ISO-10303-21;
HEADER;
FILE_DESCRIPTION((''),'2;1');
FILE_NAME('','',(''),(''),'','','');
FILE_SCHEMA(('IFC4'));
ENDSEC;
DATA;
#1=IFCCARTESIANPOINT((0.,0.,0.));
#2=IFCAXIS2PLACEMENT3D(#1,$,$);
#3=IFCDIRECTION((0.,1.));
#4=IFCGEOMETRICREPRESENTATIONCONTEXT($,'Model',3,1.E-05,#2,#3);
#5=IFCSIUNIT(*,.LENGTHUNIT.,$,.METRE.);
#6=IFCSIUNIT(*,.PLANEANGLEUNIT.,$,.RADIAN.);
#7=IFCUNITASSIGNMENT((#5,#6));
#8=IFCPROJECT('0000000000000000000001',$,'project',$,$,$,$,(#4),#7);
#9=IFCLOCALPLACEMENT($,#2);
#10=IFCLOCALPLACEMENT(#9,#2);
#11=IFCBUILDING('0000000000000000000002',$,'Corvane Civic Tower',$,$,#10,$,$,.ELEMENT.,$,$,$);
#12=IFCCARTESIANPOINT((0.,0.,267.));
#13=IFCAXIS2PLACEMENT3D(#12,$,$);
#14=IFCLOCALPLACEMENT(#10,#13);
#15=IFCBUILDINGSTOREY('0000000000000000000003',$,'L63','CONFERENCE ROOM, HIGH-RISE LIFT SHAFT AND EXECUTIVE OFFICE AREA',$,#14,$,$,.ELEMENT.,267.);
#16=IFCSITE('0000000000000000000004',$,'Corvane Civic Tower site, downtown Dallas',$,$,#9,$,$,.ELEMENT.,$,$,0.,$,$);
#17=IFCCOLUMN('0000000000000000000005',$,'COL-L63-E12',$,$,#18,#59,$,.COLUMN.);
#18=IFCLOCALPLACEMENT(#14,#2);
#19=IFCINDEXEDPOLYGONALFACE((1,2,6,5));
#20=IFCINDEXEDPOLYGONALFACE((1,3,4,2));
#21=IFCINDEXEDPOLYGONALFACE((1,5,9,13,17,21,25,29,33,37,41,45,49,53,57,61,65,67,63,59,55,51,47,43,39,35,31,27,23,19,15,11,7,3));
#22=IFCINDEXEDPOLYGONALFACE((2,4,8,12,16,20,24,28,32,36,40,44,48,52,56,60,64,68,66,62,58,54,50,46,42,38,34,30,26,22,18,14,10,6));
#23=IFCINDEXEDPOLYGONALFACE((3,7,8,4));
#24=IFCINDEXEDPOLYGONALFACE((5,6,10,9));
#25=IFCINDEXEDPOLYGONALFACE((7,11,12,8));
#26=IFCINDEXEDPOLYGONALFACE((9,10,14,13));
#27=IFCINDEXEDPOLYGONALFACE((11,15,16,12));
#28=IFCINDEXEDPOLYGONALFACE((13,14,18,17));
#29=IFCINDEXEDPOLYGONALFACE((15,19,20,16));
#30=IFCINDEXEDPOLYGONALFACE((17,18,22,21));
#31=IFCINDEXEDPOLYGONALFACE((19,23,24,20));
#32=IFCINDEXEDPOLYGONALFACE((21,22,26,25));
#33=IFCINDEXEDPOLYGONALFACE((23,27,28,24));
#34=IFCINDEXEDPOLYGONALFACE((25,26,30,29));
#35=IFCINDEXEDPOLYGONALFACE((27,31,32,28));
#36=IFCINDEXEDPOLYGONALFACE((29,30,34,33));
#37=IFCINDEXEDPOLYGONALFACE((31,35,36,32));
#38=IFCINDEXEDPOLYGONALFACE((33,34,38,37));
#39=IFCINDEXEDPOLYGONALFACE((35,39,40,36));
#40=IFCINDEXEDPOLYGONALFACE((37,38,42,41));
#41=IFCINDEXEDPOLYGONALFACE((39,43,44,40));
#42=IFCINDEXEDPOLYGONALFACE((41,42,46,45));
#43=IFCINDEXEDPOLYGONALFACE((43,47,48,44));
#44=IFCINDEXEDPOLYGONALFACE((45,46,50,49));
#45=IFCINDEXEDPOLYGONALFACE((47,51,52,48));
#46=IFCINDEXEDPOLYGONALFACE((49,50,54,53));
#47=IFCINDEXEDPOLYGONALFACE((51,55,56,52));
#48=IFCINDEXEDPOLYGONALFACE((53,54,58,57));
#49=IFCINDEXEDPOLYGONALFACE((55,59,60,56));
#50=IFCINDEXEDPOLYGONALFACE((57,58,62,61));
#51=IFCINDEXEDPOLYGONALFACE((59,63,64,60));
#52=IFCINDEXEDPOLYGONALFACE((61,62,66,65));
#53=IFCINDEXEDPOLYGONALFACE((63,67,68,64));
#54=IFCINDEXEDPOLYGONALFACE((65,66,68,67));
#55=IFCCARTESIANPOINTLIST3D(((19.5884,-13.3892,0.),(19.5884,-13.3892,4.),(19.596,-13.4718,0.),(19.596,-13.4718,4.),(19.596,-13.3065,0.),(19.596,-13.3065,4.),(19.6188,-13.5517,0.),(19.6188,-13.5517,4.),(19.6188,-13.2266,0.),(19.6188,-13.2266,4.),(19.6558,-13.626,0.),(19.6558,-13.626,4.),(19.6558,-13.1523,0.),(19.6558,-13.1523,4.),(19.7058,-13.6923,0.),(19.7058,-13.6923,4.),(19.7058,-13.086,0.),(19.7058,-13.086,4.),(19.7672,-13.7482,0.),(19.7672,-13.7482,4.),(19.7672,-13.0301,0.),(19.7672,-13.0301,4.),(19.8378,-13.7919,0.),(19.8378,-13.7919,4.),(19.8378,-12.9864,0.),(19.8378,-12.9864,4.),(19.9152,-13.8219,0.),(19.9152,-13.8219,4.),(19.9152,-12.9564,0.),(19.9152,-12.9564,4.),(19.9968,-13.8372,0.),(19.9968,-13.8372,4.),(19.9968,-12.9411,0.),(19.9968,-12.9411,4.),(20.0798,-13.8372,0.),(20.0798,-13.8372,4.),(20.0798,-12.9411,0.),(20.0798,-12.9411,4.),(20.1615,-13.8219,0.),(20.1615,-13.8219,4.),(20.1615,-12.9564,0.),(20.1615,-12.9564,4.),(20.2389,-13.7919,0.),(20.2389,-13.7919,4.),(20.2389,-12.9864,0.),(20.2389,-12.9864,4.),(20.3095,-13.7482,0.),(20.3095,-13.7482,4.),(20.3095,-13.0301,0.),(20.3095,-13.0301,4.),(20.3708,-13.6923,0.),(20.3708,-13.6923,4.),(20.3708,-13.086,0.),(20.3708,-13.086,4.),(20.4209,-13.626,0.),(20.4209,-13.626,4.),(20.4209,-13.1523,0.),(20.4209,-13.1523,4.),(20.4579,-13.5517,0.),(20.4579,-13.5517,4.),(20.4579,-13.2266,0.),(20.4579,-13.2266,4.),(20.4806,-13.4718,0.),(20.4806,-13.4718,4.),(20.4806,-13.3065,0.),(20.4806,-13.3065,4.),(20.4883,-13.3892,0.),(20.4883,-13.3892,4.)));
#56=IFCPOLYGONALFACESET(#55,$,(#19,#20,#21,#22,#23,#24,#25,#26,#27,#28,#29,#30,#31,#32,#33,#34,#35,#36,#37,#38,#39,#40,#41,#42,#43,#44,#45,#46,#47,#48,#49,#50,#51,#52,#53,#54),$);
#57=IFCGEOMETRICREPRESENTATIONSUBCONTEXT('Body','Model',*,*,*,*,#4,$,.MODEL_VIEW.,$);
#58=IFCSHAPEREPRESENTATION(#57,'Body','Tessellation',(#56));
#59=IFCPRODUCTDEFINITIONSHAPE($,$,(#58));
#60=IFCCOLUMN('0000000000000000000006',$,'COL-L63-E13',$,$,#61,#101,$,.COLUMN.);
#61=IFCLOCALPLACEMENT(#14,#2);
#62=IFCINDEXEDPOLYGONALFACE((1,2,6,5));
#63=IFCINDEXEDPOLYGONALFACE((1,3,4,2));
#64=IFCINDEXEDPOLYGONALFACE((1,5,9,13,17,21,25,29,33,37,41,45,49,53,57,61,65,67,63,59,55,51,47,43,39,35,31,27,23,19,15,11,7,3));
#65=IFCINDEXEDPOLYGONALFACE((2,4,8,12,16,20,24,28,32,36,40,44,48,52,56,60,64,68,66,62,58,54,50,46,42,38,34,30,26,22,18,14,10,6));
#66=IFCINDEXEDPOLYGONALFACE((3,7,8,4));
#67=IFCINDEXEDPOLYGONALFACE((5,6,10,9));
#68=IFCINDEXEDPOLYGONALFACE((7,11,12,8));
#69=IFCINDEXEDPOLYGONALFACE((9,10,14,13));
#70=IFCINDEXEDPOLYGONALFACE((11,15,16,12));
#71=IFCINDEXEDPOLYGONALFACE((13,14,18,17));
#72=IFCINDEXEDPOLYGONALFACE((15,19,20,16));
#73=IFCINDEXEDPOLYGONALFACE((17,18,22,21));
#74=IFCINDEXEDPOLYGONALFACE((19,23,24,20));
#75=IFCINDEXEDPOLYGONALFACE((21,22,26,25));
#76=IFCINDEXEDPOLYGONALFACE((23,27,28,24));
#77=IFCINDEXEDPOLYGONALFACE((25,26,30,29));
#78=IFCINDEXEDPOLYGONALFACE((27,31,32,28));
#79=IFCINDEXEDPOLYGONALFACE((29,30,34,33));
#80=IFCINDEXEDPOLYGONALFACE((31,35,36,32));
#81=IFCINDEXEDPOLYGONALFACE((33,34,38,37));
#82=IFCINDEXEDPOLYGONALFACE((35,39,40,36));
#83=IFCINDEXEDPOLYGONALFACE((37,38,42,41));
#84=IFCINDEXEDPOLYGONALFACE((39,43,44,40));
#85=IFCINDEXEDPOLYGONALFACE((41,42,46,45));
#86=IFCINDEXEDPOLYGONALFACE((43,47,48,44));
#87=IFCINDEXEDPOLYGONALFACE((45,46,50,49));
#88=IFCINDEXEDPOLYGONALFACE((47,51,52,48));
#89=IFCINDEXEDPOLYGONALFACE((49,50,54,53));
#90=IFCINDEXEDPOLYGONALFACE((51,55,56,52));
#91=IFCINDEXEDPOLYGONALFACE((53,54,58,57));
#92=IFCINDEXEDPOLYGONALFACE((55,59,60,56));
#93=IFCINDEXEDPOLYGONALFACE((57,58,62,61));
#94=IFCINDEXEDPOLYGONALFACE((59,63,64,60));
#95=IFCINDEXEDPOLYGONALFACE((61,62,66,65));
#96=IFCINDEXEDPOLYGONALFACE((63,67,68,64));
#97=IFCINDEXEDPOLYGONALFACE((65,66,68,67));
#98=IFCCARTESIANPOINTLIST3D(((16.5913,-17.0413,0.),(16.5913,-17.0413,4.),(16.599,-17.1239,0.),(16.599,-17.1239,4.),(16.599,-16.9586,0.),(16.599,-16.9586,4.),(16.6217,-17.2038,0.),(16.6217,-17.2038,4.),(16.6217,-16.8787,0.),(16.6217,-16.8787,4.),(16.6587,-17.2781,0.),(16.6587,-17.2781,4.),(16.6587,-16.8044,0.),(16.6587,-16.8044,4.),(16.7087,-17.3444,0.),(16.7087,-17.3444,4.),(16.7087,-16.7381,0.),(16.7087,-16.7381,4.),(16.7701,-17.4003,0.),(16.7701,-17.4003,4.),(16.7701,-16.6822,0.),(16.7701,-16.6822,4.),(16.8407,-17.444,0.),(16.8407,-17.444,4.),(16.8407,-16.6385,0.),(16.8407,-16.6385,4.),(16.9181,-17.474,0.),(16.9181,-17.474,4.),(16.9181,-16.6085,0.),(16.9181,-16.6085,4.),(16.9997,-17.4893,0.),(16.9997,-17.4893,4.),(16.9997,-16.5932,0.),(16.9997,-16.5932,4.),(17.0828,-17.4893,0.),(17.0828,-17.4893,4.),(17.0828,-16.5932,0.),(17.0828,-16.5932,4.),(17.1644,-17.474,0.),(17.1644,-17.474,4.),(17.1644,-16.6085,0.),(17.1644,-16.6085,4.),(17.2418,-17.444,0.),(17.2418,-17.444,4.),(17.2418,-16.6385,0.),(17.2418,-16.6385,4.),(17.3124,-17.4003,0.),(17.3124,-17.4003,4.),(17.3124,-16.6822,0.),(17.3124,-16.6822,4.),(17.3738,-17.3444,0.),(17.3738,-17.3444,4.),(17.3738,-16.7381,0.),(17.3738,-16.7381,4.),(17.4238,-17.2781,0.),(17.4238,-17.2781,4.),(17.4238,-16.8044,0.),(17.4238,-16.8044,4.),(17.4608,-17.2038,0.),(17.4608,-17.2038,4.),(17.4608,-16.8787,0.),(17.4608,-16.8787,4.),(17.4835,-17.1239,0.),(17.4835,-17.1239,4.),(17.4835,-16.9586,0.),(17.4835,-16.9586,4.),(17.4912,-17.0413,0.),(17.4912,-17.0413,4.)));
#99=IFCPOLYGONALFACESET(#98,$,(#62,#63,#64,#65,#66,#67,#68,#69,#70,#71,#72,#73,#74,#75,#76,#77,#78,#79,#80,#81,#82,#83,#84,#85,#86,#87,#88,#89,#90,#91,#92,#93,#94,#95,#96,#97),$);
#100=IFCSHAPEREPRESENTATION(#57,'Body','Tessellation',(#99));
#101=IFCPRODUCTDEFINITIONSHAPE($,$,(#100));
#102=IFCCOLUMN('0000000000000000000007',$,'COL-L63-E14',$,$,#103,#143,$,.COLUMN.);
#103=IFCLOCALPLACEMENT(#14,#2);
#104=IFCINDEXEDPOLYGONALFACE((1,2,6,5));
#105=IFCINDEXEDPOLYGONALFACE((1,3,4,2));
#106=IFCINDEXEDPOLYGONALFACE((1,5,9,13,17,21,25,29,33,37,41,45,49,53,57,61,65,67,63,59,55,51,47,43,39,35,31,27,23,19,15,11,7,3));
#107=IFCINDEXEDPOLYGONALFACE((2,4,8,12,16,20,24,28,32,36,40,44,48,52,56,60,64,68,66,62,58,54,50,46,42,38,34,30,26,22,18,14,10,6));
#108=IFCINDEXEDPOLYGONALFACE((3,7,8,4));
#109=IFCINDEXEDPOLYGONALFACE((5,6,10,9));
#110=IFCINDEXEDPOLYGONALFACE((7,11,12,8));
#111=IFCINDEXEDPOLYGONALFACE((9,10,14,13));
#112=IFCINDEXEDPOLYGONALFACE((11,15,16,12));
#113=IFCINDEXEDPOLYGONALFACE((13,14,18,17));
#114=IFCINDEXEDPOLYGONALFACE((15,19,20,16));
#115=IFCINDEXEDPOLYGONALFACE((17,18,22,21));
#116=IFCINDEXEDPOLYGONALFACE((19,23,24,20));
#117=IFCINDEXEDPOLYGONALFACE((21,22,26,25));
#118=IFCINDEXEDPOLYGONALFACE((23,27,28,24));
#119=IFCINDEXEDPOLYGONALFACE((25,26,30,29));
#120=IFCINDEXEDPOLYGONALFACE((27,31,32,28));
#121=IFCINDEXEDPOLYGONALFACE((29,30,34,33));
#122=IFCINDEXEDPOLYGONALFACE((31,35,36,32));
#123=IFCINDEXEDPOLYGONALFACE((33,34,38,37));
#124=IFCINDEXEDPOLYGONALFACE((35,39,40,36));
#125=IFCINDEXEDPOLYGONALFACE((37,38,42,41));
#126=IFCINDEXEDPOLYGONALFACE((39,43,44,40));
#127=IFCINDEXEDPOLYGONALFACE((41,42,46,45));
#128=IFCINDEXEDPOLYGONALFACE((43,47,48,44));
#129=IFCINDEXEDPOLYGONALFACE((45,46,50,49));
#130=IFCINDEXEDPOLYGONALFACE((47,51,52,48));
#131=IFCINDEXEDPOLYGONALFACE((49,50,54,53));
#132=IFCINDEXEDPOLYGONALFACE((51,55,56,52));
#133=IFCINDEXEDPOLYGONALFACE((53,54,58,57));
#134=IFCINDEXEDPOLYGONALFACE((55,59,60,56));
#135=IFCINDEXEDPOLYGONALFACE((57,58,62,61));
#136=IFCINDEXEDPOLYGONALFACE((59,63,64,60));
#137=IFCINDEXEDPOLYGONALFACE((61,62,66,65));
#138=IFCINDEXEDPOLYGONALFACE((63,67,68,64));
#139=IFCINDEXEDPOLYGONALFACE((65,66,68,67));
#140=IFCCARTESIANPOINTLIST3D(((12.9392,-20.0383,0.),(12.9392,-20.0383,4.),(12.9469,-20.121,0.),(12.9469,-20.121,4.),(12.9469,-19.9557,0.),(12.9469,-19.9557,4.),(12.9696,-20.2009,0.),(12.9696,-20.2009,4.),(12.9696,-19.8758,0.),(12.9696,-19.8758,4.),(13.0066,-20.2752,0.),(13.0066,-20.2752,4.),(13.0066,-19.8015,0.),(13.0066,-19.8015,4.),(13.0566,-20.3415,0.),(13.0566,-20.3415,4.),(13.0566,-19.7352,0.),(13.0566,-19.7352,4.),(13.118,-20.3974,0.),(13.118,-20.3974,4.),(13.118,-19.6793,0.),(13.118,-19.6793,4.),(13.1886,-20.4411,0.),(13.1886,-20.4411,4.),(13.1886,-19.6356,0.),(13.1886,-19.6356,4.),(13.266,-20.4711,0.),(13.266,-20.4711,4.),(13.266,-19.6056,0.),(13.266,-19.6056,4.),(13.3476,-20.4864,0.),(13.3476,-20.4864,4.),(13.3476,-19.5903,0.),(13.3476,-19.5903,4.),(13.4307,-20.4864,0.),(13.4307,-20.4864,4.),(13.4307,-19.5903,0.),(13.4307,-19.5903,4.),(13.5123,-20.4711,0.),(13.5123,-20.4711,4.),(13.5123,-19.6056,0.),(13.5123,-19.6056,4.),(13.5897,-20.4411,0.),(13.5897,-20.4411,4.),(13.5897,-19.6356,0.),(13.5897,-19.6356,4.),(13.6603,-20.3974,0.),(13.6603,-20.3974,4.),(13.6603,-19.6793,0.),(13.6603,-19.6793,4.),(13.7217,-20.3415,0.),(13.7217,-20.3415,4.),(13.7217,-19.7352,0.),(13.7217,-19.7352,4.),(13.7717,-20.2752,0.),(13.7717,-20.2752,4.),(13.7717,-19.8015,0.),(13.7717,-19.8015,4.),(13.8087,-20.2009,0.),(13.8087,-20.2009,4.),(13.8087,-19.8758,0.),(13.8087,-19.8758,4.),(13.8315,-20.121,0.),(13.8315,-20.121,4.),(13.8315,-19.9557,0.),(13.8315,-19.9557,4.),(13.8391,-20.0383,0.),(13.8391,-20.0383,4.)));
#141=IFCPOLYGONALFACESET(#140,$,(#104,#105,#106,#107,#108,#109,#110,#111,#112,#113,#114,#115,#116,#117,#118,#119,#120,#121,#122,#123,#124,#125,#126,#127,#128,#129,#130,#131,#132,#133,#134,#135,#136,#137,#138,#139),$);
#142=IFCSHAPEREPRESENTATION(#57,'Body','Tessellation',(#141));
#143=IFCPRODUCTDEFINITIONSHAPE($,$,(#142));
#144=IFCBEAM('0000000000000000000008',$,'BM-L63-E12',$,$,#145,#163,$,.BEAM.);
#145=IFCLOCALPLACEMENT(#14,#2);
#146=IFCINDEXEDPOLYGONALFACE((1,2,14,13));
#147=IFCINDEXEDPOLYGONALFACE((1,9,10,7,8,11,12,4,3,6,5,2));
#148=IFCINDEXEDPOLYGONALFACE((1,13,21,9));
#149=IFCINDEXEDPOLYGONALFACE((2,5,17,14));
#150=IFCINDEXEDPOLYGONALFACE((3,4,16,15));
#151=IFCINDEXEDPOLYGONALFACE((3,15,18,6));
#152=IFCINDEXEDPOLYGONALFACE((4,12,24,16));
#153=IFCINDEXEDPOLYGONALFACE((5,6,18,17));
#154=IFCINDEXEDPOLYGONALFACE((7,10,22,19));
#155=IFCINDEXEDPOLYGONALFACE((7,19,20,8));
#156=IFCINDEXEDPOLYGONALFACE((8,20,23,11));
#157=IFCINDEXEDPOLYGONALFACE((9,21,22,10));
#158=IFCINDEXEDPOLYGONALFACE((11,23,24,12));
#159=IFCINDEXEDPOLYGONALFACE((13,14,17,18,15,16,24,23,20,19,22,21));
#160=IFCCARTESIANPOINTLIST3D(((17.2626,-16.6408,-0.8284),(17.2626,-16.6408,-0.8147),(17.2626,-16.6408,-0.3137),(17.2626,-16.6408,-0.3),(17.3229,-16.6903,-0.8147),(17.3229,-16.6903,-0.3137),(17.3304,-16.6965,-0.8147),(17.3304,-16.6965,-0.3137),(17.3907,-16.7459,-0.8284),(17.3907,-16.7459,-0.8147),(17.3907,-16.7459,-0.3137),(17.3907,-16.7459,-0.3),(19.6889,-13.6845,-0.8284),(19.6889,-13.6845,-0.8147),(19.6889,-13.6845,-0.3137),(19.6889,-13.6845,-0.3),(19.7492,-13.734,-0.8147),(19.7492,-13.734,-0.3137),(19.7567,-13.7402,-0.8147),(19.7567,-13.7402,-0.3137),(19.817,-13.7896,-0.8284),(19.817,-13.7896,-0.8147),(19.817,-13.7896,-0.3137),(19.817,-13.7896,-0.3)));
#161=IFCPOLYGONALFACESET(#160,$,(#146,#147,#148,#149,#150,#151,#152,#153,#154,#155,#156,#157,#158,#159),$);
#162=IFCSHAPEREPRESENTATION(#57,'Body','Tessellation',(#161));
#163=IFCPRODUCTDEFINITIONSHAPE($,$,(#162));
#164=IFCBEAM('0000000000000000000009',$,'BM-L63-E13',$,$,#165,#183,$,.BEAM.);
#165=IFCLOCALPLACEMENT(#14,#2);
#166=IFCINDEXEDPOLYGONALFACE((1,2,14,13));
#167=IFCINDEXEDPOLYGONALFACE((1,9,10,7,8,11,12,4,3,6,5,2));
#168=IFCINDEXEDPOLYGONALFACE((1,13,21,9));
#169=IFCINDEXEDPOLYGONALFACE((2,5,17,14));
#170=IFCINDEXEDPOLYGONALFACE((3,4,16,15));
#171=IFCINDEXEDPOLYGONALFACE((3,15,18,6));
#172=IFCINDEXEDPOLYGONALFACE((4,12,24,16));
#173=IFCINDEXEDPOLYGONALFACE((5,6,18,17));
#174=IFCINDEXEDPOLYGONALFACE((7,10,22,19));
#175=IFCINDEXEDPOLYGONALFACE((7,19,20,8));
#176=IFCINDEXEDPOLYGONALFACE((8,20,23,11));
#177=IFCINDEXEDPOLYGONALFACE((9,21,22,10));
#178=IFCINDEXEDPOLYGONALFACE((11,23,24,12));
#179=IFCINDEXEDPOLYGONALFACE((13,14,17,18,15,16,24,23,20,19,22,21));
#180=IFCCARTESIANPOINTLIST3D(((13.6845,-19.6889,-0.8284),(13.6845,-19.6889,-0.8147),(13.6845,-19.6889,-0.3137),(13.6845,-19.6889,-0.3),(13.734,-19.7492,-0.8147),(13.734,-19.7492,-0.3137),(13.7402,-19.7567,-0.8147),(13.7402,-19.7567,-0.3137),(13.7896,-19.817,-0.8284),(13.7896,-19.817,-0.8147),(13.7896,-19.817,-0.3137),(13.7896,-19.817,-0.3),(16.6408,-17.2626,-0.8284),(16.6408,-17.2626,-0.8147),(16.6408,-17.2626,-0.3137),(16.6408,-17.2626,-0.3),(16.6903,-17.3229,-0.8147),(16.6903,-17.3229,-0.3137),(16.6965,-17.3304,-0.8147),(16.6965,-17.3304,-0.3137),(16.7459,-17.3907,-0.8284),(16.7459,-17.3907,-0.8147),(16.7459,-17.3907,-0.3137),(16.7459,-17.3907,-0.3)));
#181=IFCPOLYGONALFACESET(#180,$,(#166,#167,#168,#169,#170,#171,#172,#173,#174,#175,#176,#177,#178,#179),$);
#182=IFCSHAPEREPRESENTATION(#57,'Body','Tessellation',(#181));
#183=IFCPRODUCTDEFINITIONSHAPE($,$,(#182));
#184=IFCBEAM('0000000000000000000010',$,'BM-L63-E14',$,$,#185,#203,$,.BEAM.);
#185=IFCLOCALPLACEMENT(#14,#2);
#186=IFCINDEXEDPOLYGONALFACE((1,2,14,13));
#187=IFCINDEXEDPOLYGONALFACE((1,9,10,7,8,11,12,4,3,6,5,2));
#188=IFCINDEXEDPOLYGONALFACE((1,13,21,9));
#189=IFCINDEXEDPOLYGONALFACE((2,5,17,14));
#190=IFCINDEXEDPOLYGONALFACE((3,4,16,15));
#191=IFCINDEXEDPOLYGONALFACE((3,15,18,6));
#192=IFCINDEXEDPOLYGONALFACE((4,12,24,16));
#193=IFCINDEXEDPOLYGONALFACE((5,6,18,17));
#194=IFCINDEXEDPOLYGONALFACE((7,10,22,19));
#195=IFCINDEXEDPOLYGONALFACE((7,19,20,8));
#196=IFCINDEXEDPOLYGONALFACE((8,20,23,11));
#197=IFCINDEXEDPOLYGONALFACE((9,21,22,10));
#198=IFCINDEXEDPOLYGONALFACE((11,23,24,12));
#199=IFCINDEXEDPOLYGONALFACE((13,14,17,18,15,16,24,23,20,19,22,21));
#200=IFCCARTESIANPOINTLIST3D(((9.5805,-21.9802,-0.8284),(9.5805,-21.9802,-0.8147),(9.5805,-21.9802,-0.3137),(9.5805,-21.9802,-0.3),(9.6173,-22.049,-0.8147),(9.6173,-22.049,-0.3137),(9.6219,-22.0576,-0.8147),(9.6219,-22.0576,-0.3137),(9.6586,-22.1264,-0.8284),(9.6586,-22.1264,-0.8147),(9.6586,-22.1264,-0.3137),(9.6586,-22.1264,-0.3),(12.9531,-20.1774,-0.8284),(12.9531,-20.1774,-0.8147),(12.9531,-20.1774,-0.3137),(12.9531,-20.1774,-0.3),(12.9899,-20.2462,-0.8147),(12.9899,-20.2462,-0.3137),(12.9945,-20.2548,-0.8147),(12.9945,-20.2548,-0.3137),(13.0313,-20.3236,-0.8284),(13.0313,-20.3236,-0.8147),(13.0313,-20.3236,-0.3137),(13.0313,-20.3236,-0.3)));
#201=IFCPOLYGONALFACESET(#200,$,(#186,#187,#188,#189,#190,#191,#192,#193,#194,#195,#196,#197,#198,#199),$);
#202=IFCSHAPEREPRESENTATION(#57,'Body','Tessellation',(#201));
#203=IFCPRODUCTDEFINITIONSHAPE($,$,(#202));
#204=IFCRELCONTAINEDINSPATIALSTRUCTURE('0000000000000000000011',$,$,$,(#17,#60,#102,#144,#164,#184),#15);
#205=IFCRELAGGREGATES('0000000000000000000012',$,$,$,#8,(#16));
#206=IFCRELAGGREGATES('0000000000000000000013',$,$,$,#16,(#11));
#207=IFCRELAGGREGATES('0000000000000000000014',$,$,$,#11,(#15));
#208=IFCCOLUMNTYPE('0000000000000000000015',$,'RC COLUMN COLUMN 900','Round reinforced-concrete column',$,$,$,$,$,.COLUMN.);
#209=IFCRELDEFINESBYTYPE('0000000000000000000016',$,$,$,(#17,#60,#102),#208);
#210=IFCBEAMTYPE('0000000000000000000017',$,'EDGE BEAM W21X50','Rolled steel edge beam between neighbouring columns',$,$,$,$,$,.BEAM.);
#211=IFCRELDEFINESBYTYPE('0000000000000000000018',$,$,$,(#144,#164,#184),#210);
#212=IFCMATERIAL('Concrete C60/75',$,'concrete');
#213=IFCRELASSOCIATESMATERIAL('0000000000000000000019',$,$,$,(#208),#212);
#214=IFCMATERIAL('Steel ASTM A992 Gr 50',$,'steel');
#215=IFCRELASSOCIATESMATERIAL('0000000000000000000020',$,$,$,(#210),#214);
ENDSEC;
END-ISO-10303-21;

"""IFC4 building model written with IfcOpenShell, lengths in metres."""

from ifc_helpers import new_model, si_unit, direction, frame, origin, origin_2d, place, context, subcontext, project, spatial, circle, i_section, extrude, material, material_profile, profile_set, type_object, element, save


model = new_model("IFC4")

# Units and contexts
model_context = context("Model", 3, precision=1e-05, world=origin(), true_north=direction((0.0, 1.0)))
body_context = subcontext(model_context, "Body", "Model", "MODEL_VIEW")
ifc_project = project(units=[si_unit("LENGTHUNIT", "METRE"), si_unit("PLANEANGLEUNIT", "RADIAN")], contexts=[model_context])

# Site, building, storey
site_placement = place(None, origin())
site = spatial("IfcSite", under=ifc_project, at=site_placement, Name="Corvane Civic Tower site, downtown Dallas", CompositionType="ELEMENT", RefElevation=0.0)
building_placement = place(site_placement, origin())
building = spatial("IfcBuilding", under=site, at=building_placement, Name="Corvane Civic Tower", CompositionType="ELEMENT")
storey_placement = place(building_placement, frame((0.0, 0.0, 267.0)))
storey = spatial("IfcBuildingStorey", under=building, at=storey_placement, Name="L63", Description="CONFERENCE ROOM, HIGH-RISE LIFT SHAFT AND EXECUTIVE OFFICE AREA", CompositionType="ELEMENT", Elevation=267.0)

# Columns
ifc_material_1 = material(Name="Concrete C60/75", Category="concrete")
ifc_material_profile_1 = material_profile(ifc_material_1, circle(Radius=0.45, at=origin_2d()), Name="COLUMN 900")
ifc_profile_set_1 = profile_set([ifc_material_profile_1], Name="Concrete C60/75")
column_type = type_object("IfcColumnType", Name="RC COLUMN COLUMN 900", Description="Round reinforced-concrete column", PredefinedType="COLUMN", material=ifc_profile_set_1)
for number, where, z_axis, x_axis, name in (
    (1, (20.0383, -13.3892, 0.0), (0.0, 0.0, 1.0), (1.0, 0.0, 0.0), "COL-L63-E12"),
    (2, (17.0413, -17.0413, 0.0), (0.0, 0.0, 1.0), (1.0, 0.0, 0.0), "COL-L63-E13"),
    (3, (13.3892, -20.0383, 0.0), (0.0, 0.0, 1.0), (1.0, 0.0, 0.0), "COL-L63-E14"),
):
    element("IfcColumn", number, at=place(storey_placement, frame(where, z_axis=z_axis, x_axis=x_axis)), inside=storey, type_object=column_type, Name=name, PredefinedType="COLUMN", context=body_context, shape_type="SweptSolid", body=[
        extrude(circle(Radius=0.45, at=origin_2d()), origin(), (0.0, 0.0, 1.0), 4.0),
    ])

# Beams
ifc_material_2 = material(Name="Steel ASTM A992 Gr 50", Category="steel")
ifc_material_profile_2 = material_profile(ifc_material_2, i_section(OverallWidth=0.1658, OverallDepth=0.5283, WebThickness=0.0098, FlangeThickness=0.0137, at=origin_2d()), Name="W21X50")
ifc_profile_set_2 = profile_set([ifc_material_profile_2], Name="Steel ASTM A992 Gr 50")
beam_type_1 = type_object("IfcBeamType", Name="EDGE BEAM W21X50", Description="Rolled steel edge beam between neighbouring columns", PredefinedType="BEAM", material=ifc_profile_set_2)
for number, where, z_axis, x_axis, name in (
    (4, (19.7529, -13.7371, -0.5642), (-0.634409, -0.772998, 0.0), (0.772998, -0.634409, 0.0), "BM-L63-E12"),
    (5, (16.6934, -17.3267, -0.5642), (-0.772998, -0.634409, 0.0), (0.634409, -0.772998, 0.0), "BM-L63-E13"),
):
    element("IfcBeam", number, at=place(storey_placement, frame(where, z_axis=z_axis, x_axis=x_axis)), inside=storey, type_object=beam_type_1, Name=name, PredefinedType="BEAM", context=body_context, shape_type="SweptSolid", body=[
        extrude(i_section(OverallWidth=0.1658, OverallDepth=0.5283, WebThickness=0.0098, FlangeThickness=0.0137, at=origin_2d()), origin(), (0.0, 0.0, 1.0), 3.8245),
    ])
beam_1_placement = place(storey_placement, frame((12.9922, -20.2505, -0.5642), z_axis=(-0.881914, -0.47141, 0.0), x_axis=(0.47141, -0.881914, 0.0)))
element("IfcBeam", 6, at=beam_1_placement, inside=storey, type_object=beam_type_1, Name="BM-L63-E14", PredefinedType="BEAM", context=body_context, shape_type="SweptSolid", body=[
    extrude(i_section(OverallWidth=0.1658, OverallDepth=0.5283, WebThickness=0.0098, FlangeThickness=0.0137, at=origin_2d()), origin(), (0.0, 0.0, 1.0), 3.8242),
])

save(model, "model.ifc")
